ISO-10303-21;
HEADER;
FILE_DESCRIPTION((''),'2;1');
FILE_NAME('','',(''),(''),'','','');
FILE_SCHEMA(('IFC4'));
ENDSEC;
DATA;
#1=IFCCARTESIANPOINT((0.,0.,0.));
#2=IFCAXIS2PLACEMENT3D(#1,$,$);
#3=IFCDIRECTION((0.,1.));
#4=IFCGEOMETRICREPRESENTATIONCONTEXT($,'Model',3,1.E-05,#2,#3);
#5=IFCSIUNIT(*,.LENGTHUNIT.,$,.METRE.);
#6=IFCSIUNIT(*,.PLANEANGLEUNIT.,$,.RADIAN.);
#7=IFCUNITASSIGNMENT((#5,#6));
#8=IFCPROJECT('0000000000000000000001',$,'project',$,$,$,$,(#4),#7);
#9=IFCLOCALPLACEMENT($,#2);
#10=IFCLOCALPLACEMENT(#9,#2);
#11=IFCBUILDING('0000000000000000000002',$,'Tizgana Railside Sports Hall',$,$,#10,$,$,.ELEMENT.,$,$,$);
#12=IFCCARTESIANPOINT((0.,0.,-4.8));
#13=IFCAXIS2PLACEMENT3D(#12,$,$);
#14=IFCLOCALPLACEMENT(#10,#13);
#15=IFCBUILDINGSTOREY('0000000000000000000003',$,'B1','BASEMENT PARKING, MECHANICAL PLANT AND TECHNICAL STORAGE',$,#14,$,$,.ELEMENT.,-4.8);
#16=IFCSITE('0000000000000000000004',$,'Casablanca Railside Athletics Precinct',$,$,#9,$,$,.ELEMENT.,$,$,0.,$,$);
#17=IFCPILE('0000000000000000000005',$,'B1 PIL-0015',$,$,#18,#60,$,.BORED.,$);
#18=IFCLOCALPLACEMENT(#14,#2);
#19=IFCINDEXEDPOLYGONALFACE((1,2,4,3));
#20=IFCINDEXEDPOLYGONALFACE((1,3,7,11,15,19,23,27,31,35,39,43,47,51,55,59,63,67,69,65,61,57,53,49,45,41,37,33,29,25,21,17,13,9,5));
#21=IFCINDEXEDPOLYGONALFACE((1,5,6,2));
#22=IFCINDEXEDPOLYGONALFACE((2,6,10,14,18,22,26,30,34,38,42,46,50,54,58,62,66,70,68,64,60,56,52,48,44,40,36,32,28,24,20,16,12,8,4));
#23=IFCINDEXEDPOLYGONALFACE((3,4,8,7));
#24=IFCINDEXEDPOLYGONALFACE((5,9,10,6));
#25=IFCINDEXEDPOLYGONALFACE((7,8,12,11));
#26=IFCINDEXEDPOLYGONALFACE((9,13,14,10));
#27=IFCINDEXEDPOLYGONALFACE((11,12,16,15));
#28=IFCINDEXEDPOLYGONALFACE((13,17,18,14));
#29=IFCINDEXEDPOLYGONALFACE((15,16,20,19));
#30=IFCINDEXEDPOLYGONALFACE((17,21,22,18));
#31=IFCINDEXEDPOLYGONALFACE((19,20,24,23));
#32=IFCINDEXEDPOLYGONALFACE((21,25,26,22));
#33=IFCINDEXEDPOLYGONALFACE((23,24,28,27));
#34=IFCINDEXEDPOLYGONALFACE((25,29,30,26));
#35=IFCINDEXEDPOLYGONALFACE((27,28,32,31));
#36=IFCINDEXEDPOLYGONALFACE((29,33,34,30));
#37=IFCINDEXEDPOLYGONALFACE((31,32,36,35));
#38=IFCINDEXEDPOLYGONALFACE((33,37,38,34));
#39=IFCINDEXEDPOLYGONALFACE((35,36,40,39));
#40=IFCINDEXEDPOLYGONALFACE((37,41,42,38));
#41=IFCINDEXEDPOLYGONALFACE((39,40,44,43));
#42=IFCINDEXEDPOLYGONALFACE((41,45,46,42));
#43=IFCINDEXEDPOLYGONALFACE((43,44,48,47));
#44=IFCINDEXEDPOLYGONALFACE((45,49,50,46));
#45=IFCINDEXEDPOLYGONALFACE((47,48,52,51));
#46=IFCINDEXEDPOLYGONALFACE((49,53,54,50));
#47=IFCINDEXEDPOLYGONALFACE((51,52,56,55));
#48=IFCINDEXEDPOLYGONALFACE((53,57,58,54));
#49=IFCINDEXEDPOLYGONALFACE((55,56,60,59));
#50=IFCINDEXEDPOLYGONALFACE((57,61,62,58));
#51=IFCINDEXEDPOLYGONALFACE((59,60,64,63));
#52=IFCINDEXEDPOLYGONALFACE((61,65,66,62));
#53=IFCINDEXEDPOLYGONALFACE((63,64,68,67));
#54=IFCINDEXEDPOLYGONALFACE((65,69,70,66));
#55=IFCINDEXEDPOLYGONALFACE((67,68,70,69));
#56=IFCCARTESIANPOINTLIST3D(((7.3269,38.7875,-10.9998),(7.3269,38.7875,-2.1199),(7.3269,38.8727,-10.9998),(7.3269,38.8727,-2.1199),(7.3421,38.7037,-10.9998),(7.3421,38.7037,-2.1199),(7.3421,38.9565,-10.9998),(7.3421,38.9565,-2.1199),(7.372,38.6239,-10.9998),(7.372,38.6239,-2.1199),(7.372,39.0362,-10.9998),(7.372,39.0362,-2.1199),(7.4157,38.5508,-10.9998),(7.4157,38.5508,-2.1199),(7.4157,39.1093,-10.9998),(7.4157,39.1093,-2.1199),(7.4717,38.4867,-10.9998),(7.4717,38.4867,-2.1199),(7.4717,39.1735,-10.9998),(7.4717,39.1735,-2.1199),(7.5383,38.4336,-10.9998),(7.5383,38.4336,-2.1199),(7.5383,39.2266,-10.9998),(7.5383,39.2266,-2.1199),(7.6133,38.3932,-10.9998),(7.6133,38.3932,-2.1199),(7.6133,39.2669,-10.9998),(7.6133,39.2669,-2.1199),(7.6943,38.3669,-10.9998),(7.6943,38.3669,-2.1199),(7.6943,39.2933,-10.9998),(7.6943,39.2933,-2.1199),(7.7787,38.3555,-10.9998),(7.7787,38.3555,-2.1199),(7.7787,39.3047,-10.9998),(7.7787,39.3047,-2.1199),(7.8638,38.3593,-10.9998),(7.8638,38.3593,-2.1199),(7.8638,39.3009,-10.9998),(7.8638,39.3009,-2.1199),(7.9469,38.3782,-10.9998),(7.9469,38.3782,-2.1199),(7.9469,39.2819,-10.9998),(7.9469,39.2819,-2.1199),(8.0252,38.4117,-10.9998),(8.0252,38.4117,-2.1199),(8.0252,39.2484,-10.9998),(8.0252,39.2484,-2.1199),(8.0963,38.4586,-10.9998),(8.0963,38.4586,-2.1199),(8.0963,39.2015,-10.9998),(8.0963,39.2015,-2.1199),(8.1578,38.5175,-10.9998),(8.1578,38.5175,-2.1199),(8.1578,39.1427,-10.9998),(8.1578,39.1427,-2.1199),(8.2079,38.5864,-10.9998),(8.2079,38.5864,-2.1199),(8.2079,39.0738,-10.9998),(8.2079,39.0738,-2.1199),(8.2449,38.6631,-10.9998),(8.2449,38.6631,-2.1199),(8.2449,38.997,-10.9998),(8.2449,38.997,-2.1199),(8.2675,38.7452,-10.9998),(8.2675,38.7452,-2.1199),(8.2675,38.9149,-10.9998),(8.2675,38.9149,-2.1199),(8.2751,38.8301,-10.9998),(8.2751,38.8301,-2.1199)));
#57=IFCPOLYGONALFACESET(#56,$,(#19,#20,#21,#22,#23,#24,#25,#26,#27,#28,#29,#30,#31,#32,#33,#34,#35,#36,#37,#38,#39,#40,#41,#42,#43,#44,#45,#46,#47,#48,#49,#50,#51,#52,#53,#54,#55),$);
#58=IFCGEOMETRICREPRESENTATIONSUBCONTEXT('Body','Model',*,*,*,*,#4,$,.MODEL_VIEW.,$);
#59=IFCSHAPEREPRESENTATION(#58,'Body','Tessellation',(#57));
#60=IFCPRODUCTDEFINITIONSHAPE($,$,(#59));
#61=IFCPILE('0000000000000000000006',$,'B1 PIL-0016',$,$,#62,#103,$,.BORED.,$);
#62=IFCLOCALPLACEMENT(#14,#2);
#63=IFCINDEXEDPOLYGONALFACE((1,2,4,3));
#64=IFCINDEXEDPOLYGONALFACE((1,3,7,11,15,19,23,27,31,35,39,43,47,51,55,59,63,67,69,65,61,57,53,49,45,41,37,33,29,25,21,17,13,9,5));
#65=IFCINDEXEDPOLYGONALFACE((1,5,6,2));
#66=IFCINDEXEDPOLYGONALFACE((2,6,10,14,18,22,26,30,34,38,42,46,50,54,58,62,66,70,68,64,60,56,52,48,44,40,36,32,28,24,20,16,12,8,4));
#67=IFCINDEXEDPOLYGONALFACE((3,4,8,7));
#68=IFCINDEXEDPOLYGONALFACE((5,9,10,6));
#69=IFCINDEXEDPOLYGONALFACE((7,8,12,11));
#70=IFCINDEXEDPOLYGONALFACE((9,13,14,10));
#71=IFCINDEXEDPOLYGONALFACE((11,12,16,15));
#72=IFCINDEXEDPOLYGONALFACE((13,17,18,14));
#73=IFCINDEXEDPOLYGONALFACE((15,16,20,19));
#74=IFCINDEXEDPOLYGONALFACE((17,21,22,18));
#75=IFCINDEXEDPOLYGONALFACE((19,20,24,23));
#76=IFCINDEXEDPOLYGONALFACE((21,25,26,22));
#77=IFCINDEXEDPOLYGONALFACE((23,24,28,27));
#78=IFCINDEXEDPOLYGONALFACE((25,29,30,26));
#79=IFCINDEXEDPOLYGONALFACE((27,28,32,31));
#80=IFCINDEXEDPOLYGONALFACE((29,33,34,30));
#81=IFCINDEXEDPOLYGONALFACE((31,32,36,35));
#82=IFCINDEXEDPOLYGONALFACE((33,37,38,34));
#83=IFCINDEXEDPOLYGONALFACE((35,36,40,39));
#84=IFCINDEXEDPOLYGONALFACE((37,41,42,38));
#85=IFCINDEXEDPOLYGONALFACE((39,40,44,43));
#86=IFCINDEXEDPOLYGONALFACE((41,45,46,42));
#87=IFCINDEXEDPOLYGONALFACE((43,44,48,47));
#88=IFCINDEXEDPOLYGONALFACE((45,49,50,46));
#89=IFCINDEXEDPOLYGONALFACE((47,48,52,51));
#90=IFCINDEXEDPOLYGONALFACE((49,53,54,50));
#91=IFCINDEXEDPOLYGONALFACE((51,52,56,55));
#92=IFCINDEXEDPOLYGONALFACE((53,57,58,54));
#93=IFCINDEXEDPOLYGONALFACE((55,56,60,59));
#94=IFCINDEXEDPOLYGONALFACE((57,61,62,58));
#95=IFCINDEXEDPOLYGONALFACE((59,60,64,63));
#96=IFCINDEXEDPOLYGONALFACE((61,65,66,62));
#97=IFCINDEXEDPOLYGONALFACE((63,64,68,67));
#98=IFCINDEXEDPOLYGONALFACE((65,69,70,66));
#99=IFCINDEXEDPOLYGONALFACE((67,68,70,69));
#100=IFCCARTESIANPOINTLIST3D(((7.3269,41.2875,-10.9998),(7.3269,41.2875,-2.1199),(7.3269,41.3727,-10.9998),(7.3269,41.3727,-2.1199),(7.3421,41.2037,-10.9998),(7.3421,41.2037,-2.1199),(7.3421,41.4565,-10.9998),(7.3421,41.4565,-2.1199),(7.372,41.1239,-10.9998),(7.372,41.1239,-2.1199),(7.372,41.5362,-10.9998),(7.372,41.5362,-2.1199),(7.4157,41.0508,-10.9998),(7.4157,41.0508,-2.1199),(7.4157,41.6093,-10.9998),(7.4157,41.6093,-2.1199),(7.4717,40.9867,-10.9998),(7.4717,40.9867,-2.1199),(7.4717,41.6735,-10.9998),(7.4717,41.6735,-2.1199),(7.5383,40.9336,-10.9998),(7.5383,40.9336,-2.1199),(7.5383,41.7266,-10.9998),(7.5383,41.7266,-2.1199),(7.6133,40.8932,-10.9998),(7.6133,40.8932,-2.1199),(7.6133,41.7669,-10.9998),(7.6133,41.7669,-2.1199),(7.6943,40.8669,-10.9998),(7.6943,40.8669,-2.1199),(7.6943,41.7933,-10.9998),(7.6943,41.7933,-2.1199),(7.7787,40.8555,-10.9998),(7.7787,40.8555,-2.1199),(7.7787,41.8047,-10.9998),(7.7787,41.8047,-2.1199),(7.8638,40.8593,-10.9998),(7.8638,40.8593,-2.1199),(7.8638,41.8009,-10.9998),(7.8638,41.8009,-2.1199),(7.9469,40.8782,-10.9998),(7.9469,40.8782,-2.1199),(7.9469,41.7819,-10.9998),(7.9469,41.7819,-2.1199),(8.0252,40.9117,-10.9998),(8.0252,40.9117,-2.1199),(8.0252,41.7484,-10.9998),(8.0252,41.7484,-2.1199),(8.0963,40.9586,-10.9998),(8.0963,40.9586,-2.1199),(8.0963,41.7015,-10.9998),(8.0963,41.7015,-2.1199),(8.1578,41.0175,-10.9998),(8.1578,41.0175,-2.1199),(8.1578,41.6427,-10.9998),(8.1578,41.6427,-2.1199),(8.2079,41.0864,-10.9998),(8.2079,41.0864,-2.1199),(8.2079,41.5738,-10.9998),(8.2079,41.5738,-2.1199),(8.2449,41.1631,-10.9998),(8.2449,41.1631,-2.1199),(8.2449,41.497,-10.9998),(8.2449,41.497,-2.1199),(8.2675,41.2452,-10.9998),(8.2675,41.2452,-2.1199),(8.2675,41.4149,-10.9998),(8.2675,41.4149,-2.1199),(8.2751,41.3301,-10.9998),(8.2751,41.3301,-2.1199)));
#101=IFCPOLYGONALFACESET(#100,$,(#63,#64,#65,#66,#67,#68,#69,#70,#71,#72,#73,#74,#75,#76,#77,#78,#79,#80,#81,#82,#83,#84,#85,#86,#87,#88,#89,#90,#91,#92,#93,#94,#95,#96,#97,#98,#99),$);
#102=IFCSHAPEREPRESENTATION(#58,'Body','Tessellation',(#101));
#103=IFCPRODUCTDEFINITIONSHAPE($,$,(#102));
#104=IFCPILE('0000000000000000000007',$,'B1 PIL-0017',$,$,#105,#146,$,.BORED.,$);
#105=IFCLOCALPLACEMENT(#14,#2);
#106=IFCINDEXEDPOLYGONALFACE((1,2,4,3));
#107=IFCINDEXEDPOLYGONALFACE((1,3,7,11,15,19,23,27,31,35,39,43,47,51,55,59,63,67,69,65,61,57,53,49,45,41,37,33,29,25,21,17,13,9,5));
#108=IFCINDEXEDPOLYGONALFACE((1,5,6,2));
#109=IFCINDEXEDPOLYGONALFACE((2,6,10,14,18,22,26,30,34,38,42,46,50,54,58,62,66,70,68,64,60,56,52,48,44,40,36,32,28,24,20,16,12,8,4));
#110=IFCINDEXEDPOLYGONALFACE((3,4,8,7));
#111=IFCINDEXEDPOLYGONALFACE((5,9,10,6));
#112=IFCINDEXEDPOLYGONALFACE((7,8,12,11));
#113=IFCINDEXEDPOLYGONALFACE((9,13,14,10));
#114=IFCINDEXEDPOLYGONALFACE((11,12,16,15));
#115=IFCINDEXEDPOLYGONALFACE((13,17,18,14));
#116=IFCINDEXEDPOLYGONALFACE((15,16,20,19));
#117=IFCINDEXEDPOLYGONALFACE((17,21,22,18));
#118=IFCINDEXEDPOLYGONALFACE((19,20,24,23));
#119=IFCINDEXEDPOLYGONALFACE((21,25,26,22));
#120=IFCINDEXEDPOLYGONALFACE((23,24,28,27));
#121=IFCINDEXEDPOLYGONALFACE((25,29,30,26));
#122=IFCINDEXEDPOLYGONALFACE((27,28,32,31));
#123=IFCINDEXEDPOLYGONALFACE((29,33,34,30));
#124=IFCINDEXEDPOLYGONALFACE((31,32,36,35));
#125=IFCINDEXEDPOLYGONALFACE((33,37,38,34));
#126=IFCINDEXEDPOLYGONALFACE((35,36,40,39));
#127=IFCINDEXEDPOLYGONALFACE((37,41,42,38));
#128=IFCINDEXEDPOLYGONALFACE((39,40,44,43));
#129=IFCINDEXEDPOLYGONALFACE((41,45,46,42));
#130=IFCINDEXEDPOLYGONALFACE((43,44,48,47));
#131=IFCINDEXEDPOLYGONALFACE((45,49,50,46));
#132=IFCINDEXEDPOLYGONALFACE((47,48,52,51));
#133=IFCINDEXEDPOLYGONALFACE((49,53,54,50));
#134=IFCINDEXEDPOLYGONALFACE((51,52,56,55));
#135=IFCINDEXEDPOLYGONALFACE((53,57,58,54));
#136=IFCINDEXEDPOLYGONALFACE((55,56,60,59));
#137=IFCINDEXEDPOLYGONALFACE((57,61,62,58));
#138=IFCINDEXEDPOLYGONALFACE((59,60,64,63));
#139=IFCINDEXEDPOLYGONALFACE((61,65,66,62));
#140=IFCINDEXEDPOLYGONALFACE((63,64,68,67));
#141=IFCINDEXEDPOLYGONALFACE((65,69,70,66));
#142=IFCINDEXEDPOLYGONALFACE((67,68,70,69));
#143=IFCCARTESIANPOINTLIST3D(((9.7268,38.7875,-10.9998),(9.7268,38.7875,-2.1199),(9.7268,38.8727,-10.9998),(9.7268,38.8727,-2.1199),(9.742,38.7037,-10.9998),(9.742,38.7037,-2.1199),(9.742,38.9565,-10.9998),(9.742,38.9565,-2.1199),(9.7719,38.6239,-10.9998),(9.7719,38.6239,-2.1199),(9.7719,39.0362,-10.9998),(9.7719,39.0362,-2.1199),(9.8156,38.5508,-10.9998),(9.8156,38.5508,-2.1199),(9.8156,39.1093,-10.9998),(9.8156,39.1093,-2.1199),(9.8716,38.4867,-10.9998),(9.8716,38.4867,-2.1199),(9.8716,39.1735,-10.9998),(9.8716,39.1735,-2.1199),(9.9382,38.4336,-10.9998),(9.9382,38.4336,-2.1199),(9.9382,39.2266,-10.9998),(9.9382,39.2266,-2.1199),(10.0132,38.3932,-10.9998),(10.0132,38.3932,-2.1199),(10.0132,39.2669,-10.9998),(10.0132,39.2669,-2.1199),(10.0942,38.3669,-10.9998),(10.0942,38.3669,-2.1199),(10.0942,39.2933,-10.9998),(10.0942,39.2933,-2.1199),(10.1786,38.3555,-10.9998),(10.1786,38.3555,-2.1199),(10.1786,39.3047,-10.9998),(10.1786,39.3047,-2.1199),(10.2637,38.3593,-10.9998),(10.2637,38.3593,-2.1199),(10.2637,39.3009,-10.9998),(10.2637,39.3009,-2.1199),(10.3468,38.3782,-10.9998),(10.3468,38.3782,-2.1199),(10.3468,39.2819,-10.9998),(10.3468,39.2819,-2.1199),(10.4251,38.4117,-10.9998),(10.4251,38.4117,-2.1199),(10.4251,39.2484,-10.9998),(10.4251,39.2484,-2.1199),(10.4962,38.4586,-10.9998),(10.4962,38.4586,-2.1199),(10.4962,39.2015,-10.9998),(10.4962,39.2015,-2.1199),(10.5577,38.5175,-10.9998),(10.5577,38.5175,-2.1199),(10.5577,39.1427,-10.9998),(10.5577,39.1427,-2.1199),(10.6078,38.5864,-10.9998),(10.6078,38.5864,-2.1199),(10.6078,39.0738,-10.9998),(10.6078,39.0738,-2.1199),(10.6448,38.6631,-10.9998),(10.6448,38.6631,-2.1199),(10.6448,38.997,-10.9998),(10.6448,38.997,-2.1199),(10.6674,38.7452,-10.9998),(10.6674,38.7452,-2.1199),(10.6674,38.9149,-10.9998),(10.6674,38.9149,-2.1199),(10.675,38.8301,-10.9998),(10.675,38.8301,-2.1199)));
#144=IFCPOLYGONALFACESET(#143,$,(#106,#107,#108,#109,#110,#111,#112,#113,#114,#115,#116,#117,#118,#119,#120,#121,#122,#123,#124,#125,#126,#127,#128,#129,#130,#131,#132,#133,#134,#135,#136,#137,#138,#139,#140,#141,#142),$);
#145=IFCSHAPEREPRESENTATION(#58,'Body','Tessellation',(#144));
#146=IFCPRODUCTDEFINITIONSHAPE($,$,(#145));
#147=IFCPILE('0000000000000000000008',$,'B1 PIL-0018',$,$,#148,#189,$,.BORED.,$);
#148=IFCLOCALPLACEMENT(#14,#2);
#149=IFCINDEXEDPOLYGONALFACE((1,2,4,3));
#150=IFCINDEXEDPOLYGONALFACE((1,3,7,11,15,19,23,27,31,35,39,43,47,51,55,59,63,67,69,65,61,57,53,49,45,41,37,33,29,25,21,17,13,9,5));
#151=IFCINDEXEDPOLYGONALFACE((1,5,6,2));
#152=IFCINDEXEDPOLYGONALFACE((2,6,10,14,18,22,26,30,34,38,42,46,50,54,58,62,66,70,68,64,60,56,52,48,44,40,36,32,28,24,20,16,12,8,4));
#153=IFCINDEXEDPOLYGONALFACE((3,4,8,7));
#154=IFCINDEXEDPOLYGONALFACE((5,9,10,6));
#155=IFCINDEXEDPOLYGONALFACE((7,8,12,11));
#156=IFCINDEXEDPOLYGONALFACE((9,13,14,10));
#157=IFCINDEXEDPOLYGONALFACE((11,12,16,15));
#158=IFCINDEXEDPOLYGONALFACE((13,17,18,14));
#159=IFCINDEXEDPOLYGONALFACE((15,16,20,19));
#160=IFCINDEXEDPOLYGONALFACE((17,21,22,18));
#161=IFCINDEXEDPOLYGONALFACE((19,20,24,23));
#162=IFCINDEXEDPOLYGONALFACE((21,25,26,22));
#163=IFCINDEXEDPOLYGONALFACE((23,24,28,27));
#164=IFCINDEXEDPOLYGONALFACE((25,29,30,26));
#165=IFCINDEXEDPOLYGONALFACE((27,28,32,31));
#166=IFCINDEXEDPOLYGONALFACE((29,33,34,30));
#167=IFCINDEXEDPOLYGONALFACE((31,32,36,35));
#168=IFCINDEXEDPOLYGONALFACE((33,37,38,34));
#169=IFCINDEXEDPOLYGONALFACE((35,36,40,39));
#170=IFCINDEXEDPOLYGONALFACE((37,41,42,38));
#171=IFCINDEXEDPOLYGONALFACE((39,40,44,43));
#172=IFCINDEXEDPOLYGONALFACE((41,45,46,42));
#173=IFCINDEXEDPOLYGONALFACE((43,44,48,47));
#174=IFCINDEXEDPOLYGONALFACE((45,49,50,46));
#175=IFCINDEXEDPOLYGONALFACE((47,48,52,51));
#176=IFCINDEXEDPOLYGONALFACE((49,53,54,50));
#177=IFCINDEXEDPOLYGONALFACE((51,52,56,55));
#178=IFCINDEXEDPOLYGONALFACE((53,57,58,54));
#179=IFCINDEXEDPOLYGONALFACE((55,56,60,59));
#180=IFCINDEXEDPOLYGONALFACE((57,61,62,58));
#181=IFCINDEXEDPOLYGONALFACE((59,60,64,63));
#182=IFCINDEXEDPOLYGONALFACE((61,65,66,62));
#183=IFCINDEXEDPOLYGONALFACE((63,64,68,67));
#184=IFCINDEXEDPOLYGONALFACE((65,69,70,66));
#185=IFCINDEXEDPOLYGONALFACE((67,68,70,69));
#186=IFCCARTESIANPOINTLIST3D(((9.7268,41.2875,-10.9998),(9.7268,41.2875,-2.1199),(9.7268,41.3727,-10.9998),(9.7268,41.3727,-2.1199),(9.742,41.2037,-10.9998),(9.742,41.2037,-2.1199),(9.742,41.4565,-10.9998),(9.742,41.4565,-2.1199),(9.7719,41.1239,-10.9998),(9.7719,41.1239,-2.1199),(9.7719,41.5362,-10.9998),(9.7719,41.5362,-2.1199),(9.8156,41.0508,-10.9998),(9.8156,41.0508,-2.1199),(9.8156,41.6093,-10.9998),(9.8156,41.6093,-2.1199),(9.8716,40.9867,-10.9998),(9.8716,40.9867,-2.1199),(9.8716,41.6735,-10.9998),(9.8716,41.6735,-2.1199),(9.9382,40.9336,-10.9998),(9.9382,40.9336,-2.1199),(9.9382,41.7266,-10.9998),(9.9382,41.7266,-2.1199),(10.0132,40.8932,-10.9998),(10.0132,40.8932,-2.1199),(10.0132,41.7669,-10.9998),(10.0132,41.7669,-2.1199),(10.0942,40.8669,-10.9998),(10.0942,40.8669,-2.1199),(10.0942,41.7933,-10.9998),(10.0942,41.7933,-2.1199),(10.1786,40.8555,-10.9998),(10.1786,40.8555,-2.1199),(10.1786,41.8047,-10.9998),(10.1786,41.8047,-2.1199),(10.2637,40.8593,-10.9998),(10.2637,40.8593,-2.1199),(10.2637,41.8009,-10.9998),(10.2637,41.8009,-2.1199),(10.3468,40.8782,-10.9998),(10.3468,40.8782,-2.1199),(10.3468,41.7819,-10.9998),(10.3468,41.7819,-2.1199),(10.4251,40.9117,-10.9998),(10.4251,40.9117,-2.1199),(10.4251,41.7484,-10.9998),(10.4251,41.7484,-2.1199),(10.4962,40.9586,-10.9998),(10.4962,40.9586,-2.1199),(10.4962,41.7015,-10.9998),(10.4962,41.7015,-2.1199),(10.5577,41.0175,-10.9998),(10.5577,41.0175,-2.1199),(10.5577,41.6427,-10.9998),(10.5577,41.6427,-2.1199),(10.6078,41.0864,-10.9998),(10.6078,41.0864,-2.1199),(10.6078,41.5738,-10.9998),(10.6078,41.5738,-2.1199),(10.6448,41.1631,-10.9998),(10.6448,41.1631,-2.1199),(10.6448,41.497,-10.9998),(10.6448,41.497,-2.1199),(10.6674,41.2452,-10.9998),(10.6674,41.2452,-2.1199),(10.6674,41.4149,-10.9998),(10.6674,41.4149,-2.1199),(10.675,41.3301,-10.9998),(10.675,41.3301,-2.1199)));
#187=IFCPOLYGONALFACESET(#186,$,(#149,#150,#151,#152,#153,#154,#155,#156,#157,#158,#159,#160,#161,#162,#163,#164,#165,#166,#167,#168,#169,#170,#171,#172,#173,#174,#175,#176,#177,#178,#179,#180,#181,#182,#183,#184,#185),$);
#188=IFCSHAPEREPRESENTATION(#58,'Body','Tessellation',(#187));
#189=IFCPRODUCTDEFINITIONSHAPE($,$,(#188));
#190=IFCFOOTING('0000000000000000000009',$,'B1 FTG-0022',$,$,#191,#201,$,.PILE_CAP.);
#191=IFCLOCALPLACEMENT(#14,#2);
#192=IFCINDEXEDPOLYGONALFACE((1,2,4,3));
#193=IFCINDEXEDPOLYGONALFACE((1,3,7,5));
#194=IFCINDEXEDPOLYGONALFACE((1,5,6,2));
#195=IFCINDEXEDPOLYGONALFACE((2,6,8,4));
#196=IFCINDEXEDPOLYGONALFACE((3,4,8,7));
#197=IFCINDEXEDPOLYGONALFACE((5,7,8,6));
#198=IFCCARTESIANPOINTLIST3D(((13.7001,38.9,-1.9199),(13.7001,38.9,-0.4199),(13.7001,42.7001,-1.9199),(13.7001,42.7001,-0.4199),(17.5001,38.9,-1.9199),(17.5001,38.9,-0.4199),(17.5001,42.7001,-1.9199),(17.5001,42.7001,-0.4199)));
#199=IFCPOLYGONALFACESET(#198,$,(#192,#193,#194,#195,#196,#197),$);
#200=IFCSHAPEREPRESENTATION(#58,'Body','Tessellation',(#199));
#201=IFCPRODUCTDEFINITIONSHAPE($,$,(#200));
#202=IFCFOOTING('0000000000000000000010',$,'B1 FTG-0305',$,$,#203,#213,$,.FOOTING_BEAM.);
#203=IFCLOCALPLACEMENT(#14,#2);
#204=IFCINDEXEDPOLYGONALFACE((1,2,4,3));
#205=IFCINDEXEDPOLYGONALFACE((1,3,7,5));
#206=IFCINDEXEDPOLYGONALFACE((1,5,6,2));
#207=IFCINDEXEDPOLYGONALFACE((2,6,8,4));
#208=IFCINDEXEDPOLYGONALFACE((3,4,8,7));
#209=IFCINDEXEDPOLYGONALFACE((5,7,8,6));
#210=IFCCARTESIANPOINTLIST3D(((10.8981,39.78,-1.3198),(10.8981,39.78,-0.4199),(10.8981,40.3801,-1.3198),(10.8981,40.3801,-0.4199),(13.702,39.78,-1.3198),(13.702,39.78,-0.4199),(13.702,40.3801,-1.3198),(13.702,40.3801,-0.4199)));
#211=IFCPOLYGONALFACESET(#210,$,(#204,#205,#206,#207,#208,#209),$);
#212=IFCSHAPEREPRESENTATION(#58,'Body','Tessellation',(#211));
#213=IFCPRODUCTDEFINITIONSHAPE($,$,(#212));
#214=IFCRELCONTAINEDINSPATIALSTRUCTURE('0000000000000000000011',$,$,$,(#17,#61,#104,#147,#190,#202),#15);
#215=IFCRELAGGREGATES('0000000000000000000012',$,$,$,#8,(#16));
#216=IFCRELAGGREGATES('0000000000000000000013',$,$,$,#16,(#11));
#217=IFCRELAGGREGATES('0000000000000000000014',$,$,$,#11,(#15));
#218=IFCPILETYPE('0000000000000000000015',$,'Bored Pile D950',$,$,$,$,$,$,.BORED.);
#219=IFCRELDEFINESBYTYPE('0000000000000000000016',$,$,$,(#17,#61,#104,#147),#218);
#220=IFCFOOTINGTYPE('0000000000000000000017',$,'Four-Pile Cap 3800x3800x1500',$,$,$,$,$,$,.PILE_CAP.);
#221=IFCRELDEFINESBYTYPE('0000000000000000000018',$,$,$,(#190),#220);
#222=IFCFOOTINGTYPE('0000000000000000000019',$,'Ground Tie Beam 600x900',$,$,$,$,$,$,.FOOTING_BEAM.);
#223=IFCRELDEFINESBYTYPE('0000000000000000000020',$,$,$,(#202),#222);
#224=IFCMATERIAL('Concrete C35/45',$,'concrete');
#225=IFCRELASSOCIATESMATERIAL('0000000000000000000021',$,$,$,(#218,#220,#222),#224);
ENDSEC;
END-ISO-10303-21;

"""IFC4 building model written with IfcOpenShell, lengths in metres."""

from ifc_helpers import new_model, si_unit, direction, frame, origin, origin_2d, place, context, subcontext, project, spatial, rectangle, circle, extrude, material, material_profile, profile_set, type_object, element, save


model = new_model("IFC4")

# Units and contexts
model_context = context("Model", 3, precision=1e-05, world=origin(), true_north=direction((0.0, 1.0)))
body_context = subcontext(model_context, "Body", "Model", "MODEL_VIEW")
ifc_project = project(units=[si_unit("LENGTHUNIT", "METRE"), si_unit("PLANEANGLEUNIT", "RADIAN")], contexts=[model_context])

# Site, building, storey
site_placement = place(None, origin())
site = spatial("IfcSite", under=ifc_project, at=site_placement, Name="Casablanca Railside Athletics Precinct", CompositionType="ELEMENT", RefElevation=0.0)
building_placement = place(site_placement, origin())
building = spatial("IfcBuilding", under=site, at=building_placement, Name="Tizgana Railside Sports Hall", CompositionType="ELEMENT")
storey_placement = place(building_placement, frame((0.0, 0.0, -4.8)))
storey = spatial("IfcBuildingStorey", under=building, at=storey_placement, Name="B1", Description="BASEMENT PARKING, MECHANICAL PLANT AND TECHNICAL STORAGE", CompositionType="ELEMENT", Elevation=-4.8)

# Piles
ifc_material_1 = material(Name="Concrete C35/45", Category="concrete")
ifc_material_profile_1 = material_profile(ifc_material_1, circle(Radius=0.4751, at=origin_2d()), Name="PILE D950")
ifc_profile_set_1 = profile_set([ifc_material_profile_1], Name="Concrete C35/45")
pile_type_1 = type_object("IfcPileType", Name="Bored Pile D950", PredefinedType="BORED", material=ifc_profile_set_1)
for number, where, z_axis, x_axis, name in (
    (1, (7.8, 38.8301, -2.1199), (0.0, 0.0, -1.0), (1.0, 0.0, 0.0), "B1 PIL-0015"),
    (2, (7.8, 41.3301, -2.1199), (0.0, 0.0, -1.0), (1.0, 0.0, 0.0), "B1 PIL-0016"),
    (3, (10.2, 38.8301, -2.1199), (0.0, 0.0, -1.0), (1.0, 0.0, 0.0), "B1 PIL-0017"),
    (4, (10.2, 41.3301, -2.1199), (0.0, 0.0, -1.0), (1.0, 0.0, 0.0), "B1 PIL-0018"),
):
    element("IfcPile", number, at=place(storey_placement, frame(where, z_axis=z_axis, x_axis=x_axis)), inside=storey, type_object=pile_type_1, Name=name, PredefinedType="BORED", context=body_context, shape_type="SweptSolid", body=[
        extrude(circle(Radius=0.4751, at=origin_2d()), origin(), (0.0, 0.0, 1.0), 8.8799),
    ])

# Footings
footing_type_1 = type_object("IfcFootingType", Name="Four-Pile Cap 3800x3800x1500", PredefinedType="PILE_CAP", material=ifc_material_1)
footing_1_placement = place(storey_placement, frame((15.6001, 40.8, -1.9199), z_axis=(0.0, 0.0, 1.0), x_axis=(1.0, 0.0, 0.0)))
element("IfcFooting", 5, at=footing_1_placement, inside=storey, type_object=footing_type_1, Name="B1 FTG-0022", PredefinedType="PILE_CAP", context=body_context, shape_type="SweptSolid", body=[
    extrude(rectangle(XDim=3.8, YDim=3.8, at=origin_2d()), origin(), (0.0, 0.0, 1.0), 1.5),
])
footing_type_2 = type_object("IfcFootingType", Name="Ground Tie Beam 600x900", PredefinedType="FOOTING_BEAM", material=ifc_material_1)
footing_2_placement = place(storey_placement, frame((12.3, 40.0801, -1.3198), z_axis=(0.0, 0.0, 1.0), x_axis=(1.0, 0.0, 0.0)))
element("IfcFooting", 6, at=footing_2_placement, inside=storey, type_object=footing_type_2, Name="B1 FTG-0305", PredefinedType="FOOTING_BEAM", context=body_context, shape_type="SweptSolid", body=[
    extrude(rectangle(XDim=2.804, YDim=0.6001, at=origin_2d()), origin(), (0.0, 0.0, 1.0), 0.8999),
])

save(model, "model.ifc")
